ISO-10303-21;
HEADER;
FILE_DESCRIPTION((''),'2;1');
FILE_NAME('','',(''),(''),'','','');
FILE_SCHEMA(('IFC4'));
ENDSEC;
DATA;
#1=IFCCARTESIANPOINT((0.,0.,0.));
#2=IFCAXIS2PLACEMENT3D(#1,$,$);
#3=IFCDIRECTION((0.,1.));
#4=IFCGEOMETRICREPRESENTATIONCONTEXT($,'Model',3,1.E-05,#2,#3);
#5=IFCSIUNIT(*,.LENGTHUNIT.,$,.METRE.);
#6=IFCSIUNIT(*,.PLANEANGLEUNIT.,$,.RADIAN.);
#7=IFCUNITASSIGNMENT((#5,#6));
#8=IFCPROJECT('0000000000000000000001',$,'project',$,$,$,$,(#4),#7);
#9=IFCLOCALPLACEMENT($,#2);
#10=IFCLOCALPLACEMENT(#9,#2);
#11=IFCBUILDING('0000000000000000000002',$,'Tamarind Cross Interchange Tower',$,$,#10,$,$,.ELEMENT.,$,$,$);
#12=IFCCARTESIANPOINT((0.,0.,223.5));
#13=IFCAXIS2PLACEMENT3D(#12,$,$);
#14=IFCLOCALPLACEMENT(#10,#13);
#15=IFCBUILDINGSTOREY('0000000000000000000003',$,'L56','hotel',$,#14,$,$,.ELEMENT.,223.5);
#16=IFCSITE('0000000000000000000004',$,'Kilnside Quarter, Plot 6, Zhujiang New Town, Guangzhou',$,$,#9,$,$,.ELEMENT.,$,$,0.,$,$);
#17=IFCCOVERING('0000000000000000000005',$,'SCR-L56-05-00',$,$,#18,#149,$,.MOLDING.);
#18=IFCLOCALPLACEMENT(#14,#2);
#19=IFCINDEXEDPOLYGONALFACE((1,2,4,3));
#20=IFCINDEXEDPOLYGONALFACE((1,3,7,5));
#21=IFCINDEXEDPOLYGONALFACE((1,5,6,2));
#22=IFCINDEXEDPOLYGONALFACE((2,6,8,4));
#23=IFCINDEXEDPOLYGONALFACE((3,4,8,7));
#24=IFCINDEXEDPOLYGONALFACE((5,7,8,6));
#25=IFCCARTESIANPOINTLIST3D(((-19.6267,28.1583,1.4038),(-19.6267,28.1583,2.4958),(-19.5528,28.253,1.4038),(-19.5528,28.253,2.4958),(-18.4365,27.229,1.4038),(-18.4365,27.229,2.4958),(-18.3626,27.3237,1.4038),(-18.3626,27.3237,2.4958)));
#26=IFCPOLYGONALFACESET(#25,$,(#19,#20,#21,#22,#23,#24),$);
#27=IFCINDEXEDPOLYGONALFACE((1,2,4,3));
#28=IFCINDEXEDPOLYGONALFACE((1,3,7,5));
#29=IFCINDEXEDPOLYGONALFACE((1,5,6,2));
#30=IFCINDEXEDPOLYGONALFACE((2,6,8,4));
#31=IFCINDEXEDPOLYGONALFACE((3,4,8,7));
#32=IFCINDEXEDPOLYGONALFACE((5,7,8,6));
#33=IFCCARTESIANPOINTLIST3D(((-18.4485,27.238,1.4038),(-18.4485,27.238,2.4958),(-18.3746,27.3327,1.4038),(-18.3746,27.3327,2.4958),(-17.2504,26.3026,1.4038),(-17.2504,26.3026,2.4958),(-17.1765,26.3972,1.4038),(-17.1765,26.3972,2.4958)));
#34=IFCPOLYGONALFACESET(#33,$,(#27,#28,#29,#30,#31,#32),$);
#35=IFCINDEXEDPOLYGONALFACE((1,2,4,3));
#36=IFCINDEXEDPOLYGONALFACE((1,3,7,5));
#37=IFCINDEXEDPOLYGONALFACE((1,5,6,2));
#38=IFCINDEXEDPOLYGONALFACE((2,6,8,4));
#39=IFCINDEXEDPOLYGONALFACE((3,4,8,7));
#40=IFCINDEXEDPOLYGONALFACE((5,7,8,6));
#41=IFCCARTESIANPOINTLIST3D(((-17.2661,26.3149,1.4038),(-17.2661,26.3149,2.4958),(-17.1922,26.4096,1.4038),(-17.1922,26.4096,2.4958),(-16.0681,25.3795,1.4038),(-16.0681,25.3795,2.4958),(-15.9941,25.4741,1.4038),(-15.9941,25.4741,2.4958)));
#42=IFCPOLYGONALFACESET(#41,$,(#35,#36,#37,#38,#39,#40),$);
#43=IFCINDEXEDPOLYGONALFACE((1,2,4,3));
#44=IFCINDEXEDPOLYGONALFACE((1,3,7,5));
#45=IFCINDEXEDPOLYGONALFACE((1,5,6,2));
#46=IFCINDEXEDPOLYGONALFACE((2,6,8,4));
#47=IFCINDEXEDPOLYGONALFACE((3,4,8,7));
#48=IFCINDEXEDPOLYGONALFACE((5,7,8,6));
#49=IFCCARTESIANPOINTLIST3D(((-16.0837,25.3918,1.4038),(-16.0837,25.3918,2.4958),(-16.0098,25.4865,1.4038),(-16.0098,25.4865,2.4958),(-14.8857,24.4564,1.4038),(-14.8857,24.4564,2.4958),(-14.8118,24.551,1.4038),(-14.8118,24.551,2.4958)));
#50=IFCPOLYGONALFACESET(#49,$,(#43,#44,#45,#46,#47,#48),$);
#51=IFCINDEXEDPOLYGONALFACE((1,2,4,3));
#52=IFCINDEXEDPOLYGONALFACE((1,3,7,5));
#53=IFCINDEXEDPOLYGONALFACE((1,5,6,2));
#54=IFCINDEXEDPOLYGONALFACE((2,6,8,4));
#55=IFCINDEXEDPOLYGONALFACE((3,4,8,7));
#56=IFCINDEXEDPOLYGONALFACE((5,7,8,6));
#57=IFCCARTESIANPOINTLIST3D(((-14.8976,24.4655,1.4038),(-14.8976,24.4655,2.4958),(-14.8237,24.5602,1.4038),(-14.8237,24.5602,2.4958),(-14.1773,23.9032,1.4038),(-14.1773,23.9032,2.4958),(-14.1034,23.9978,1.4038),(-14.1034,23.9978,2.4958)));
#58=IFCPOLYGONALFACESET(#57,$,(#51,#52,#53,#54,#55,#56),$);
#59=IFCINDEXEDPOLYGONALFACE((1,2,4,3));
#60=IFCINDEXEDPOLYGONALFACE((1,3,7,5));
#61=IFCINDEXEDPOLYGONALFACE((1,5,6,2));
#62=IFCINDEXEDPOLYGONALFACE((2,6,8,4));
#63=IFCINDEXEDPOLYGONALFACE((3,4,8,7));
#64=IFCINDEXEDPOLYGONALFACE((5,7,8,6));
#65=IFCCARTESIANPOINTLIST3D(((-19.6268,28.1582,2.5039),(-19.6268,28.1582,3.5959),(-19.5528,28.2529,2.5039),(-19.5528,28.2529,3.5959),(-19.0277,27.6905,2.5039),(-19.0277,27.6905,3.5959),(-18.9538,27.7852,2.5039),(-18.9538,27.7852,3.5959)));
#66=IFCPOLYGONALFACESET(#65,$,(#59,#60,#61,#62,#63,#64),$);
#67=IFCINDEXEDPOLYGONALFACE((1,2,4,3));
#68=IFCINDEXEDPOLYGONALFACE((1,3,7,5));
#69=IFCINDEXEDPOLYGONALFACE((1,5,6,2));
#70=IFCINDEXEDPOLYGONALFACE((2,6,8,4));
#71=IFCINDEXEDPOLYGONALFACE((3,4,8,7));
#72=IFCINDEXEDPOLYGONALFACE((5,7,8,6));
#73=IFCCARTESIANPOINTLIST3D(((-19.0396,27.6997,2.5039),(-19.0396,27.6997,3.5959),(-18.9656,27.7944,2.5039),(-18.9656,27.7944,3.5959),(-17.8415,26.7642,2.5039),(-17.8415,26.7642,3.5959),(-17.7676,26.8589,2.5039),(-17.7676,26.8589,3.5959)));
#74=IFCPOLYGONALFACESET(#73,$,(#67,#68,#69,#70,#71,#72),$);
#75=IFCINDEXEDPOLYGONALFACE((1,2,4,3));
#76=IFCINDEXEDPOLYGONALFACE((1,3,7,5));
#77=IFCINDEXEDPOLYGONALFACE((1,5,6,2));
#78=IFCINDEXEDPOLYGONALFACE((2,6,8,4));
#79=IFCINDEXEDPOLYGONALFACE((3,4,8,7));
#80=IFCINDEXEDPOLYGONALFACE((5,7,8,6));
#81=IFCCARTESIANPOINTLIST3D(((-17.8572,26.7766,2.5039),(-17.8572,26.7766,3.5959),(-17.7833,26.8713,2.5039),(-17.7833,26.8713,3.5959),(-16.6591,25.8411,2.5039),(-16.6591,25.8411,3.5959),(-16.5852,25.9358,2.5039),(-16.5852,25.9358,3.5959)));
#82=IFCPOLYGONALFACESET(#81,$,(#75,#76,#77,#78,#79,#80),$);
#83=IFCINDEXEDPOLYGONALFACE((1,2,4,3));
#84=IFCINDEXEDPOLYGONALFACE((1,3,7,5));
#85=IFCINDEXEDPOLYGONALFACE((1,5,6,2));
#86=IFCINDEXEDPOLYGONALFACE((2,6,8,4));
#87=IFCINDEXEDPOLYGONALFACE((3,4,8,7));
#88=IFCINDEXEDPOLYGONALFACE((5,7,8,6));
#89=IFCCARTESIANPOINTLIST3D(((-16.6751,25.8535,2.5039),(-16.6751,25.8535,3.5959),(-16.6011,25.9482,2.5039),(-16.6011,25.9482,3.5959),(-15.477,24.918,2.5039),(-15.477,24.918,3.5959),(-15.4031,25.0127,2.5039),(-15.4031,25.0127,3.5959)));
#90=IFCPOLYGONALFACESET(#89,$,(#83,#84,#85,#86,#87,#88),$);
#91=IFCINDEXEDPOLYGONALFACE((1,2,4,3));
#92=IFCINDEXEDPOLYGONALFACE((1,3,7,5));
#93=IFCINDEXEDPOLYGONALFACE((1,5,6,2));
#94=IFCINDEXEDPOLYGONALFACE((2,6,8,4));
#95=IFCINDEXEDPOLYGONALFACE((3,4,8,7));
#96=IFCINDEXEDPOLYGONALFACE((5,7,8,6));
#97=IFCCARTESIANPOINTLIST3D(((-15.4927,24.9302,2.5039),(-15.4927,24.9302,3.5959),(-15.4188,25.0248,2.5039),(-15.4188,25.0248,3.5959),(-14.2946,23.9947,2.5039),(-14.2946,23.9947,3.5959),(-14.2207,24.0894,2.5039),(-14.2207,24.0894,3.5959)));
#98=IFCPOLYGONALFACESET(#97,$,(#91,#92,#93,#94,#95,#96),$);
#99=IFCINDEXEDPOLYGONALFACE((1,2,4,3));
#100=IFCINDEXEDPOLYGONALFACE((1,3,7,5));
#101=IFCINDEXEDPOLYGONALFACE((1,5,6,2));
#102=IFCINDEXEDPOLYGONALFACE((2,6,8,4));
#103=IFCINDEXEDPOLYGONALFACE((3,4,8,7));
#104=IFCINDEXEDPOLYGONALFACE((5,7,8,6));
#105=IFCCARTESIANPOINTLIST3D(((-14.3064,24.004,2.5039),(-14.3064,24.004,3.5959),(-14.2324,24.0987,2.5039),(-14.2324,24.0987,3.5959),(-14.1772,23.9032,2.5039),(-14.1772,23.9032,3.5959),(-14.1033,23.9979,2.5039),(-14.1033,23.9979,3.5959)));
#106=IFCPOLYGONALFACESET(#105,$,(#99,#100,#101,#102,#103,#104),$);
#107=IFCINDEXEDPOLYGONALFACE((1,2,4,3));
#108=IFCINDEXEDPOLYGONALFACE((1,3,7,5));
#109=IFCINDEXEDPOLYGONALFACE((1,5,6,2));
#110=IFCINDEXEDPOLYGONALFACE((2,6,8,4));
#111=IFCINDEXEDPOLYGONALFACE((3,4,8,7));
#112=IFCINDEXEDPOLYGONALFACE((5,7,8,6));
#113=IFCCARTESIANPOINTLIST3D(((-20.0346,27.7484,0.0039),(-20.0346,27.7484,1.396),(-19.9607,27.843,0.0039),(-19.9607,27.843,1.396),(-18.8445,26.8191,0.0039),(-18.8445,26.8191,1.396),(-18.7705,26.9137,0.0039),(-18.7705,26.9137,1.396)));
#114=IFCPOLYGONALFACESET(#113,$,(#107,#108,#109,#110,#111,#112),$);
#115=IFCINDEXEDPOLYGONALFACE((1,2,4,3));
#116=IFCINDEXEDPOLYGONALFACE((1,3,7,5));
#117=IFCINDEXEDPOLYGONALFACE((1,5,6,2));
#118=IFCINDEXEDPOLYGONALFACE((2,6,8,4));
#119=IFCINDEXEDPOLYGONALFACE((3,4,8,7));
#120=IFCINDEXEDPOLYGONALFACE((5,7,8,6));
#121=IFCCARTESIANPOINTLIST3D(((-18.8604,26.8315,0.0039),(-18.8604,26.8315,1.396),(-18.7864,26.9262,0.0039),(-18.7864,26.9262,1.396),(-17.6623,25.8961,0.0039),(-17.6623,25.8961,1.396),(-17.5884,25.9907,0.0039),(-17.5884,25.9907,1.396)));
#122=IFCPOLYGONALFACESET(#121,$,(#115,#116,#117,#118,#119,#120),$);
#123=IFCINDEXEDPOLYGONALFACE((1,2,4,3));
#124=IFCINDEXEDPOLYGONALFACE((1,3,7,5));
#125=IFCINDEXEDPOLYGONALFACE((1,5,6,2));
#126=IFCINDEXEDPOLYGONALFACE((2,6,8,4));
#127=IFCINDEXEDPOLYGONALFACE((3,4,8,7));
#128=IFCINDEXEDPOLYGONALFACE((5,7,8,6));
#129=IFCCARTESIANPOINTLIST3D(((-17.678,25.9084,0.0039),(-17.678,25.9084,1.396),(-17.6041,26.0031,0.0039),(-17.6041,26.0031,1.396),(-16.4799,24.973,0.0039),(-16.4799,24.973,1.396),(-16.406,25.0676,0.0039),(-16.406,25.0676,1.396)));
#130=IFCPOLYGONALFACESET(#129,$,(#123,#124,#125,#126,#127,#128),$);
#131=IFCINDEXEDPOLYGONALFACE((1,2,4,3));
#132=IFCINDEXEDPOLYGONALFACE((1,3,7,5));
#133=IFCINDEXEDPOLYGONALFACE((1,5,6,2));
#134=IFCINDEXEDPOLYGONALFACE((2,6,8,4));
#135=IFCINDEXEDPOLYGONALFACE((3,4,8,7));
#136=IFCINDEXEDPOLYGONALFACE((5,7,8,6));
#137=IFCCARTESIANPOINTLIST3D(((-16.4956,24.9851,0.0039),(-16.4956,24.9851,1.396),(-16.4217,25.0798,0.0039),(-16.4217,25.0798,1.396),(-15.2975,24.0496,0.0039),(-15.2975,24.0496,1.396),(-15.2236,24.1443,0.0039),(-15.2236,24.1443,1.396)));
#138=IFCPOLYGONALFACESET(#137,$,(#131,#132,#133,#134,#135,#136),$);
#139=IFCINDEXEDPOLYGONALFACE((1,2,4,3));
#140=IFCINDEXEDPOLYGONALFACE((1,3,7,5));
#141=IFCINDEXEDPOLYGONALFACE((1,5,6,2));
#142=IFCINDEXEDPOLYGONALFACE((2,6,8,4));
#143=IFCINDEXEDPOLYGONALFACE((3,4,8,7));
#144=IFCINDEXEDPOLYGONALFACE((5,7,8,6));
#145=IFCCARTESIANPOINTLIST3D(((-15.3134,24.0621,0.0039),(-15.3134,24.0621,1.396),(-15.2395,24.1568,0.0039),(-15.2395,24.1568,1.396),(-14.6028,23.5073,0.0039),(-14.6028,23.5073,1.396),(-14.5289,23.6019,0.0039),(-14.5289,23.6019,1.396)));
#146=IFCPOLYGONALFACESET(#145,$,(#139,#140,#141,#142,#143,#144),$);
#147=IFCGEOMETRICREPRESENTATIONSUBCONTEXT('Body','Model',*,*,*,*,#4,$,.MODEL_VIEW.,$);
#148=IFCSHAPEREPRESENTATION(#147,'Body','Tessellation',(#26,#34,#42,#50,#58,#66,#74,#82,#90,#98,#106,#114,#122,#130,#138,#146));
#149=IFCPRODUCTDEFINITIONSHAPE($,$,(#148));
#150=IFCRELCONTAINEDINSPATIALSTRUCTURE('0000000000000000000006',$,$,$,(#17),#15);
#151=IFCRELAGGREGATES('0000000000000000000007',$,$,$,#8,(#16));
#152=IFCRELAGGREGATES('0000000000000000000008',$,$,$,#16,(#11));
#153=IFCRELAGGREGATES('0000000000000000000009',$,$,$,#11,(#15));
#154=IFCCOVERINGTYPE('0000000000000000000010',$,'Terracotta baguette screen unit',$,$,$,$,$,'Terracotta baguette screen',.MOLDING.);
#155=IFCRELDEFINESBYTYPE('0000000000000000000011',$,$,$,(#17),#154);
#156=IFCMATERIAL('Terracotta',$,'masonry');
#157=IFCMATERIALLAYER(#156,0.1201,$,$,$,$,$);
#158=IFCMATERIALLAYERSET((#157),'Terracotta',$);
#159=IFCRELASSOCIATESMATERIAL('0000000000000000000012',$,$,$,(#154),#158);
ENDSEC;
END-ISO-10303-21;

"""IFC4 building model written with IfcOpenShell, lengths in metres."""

from ifc_helpers import new_model, si_unit, direction, frame, origin, origin_2d, place, context, subcontext, project, spatial, rectangle, extrude, material, layer, layer_set, type_object, element, save


model = new_model("IFC4")

# Units and contexts
model_context = context("Model", 3, precision=1e-05, world=origin(), true_north=direction((0.0, 1.0)))
body_context = subcontext(model_context, "Body", "Model", "MODEL_VIEW")
ifc_project = project(units=[si_unit("LENGTHUNIT", "METRE"), si_unit("PLANEANGLEUNIT", "RADIAN")], contexts=[model_context])

# Site, building, storey
site_placement = place(None, origin())
site = spatial("IfcSite", under=ifc_project, at=site_placement, Name="Kilnside Quarter, Plot 6, Zhujiang New Town, Guangzhou", CompositionType="ELEMENT", RefElevation=0.0)
building_placement = place(site_placement, origin())
building = spatial("IfcBuilding", under=site, at=building_placement, Name="Tamarind Cross Interchange Tower", CompositionType="ELEMENT")
storey_placement = place(building_placement, frame((0.0, 0.0, 223.5)))
storey = spatial("IfcBuildingStorey", under=building, at=storey_placement, Name="L56", Description="hotel", CompositionType="ELEMENT", Elevation=223.5)

# Covering
ifc_material_1 = material(Name="Terracotta", Category="masonry")
ifc_layer_1 = layer(ifc_material_1, 0.1201)
ifc_layer_set_1 = layer_set([ifc_layer_1], Name="Terracotta")
covering_type = type_object("IfcCoveringType", Name="Terracotta baguette screen unit", ElementType="Terracotta baguette screen", PredefinedType="MOLDING", material=ifc_layer_set_1)
covering_1_placement = place(storey_placement, origin())
element("IfcCovering", 1, at=covering_1_placement, inside=storey, type_object=covering_type, Name="SCR-L56-05-00", PredefinedType="MOLDING", context=body_context, shape_type="SweptSolid", body=[
    extrude(rectangle(XDim=1.51, YDim=0.1201, at=origin_2d()), frame((-18.9946, 27.741, 1.4038), z_axis=(0.0, 0.0, 1.0), x_axis=(0.788193, -0.615429, 0.0)), (0.0, 0.0, 1.0), 1.092),
    extrude(rectangle(XDim=1.52, YDim=0.1201, at=origin_2d()), frame((-17.8125, 26.8176, 1.4038), z_axis=(0.0, 0.0, 1.0), x_axis=(0.788193, -0.615429, 0.0)), (0.0, 0.0, 1.0), 1.092),
    extrude(rectangle(XDim=1.52, YDim=0.1201, at=origin_2d()), frame((-16.6301, 25.8945, 1.4038), z_axis=(0.0, 0.0, 1.0), x_axis=(0.788193, -0.615429, 0.0)), (0.0, 0.0, 1.0), 1.092),
    extrude(rectangle(XDim=1.52, YDim=0.1201, at=origin_2d()), frame((-15.4478, 24.9714, 1.4038), z_axis=(0.0, 0.0, 1.0), x_axis=(0.788193, -0.615429, 0.0)), (0.0, 0.0, 1.0), 1.092),
    extrude(rectangle(XDim=0.9138, YDim=0.1201, at=origin_2d()), frame((-14.5005, 24.2317, 1.4038), z_axis=(0.0, 0.0, 1.0), x_axis=(0.788193, -0.615429, 0.0)), (0.0, 0.0, 1.0), 1.092),
    extrude(rectangle(XDim=0.76, YDim=0.1201, at=origin_2d()), frame((-19.2903, 27.9717, 2.5039), z_axis=(0.0, 0.0, 1.0), x_axis=(0.788193, -0.615429, 0.0)), (0.0, 0.0, 1.0), 1.092),
    extrude(rectangle(XDim=1.52, YDim=0.1201, at=origin_2d()), frame((-18.4036, 27.2793, 2.5039), z_axis=(0.0, 0.0, 1.0), x_axis=(0.788193, -0.615429, 0.0)), (0.0, 0.0, 1.0), 1.092),
    extrude(rectangle(XDim=1.52, YDim=0.1201, at=origin_2d()), frame((-17.2212, 26.3562, 2.5039), z_axis=(0.0, 0.0, 1.0), x_axis=(0.788193, -0.615429, 0.0)), (0.0, 0.0, 1.0), 1.092),
    extrude(rectangle(XDim=1.52, YDim=0.1201, at=origin_2d()), frame((-16.0391, 25.4331, 2.5039), z_axis=(0.0, 0.0, 1.0), x_axis=(0.788193, -0.615429, 0.0)), (0.0, 0.0, 1.0), 1.092),
    extrude(rectangle(XDim=1.52, YDim=0.1201, at=origin_2d()), frame((-14.8567, 24.5098, 2.5039), z_axis=(0.0, 0.0, 1.0), x_axis=(0.788193, -0.615429, 0.0)), (0.0, 0.0, 1.0), 1.092),
    extrude(rectangle(XDim=0.1638, YDim=0.1201, at=origin_2d()), frame((-14.2048, 24.001, 2.5039), z_axis=(0.0, 0.0, 1.0), x_axis=(0.788193, -0.615429, 0.0)), (0.0, 0.0, 1.0), 1.092),
    extrude(rectangle(XDim=1.51, YDim=0.1201, at=origin_2d()), frame((-19.4026, 27.3311, 0.0039), z_axis=(0.0, 0.0, 1.0), x_axis=(0.788193, -0.615429, 0.0)), (0.0, 0.0, 1.0), 1.3921),
    extrude(rectangle(XDim=1.52, YDim=0.1201, at=origin_2d()), frame((-18.2244, 26.4111, 0.0039), z_axis=(0.0, 0.0, 1.0), x_axis=(0.788193, -0.615429, 0.0)), (0.0, 0.0, 1.0), 1.3921),
    extrude(rectangle(XDim=1.52, YDim=0.1201, at=origin_2d()), frame((-17.042, 25.488, 0.0039), z_axis=(0.0, 0.0, 1.0), x_axis=(0.788193, -0.615429, 0.0)), (0.0, 0.0, 1.0), 1.3921),
    extrude(rectangle(XDim=1.52, YDim=0.1201, at=origin_2d()), frame((-15.8596, 24.5647, 0.0039), z_axis=(0.0, 0.0, 1.0), x_axis=(0.788193, -0.615429, 0.0)), (0.0, 0.0, 1.0), 1.3921),
    extrude(rectangle(XDim=0.9016, YDim=0.1201, at=origin_2d()), frame((-14.9211, 23.832, 0.0039), z_axis=(0.0, 0.0, 1.0), x_axis=(0.788193, -0.615429, 0.0)), (0.0, 0.0, 1.0), 1.3921),
])

save(model, "model.ifc")
